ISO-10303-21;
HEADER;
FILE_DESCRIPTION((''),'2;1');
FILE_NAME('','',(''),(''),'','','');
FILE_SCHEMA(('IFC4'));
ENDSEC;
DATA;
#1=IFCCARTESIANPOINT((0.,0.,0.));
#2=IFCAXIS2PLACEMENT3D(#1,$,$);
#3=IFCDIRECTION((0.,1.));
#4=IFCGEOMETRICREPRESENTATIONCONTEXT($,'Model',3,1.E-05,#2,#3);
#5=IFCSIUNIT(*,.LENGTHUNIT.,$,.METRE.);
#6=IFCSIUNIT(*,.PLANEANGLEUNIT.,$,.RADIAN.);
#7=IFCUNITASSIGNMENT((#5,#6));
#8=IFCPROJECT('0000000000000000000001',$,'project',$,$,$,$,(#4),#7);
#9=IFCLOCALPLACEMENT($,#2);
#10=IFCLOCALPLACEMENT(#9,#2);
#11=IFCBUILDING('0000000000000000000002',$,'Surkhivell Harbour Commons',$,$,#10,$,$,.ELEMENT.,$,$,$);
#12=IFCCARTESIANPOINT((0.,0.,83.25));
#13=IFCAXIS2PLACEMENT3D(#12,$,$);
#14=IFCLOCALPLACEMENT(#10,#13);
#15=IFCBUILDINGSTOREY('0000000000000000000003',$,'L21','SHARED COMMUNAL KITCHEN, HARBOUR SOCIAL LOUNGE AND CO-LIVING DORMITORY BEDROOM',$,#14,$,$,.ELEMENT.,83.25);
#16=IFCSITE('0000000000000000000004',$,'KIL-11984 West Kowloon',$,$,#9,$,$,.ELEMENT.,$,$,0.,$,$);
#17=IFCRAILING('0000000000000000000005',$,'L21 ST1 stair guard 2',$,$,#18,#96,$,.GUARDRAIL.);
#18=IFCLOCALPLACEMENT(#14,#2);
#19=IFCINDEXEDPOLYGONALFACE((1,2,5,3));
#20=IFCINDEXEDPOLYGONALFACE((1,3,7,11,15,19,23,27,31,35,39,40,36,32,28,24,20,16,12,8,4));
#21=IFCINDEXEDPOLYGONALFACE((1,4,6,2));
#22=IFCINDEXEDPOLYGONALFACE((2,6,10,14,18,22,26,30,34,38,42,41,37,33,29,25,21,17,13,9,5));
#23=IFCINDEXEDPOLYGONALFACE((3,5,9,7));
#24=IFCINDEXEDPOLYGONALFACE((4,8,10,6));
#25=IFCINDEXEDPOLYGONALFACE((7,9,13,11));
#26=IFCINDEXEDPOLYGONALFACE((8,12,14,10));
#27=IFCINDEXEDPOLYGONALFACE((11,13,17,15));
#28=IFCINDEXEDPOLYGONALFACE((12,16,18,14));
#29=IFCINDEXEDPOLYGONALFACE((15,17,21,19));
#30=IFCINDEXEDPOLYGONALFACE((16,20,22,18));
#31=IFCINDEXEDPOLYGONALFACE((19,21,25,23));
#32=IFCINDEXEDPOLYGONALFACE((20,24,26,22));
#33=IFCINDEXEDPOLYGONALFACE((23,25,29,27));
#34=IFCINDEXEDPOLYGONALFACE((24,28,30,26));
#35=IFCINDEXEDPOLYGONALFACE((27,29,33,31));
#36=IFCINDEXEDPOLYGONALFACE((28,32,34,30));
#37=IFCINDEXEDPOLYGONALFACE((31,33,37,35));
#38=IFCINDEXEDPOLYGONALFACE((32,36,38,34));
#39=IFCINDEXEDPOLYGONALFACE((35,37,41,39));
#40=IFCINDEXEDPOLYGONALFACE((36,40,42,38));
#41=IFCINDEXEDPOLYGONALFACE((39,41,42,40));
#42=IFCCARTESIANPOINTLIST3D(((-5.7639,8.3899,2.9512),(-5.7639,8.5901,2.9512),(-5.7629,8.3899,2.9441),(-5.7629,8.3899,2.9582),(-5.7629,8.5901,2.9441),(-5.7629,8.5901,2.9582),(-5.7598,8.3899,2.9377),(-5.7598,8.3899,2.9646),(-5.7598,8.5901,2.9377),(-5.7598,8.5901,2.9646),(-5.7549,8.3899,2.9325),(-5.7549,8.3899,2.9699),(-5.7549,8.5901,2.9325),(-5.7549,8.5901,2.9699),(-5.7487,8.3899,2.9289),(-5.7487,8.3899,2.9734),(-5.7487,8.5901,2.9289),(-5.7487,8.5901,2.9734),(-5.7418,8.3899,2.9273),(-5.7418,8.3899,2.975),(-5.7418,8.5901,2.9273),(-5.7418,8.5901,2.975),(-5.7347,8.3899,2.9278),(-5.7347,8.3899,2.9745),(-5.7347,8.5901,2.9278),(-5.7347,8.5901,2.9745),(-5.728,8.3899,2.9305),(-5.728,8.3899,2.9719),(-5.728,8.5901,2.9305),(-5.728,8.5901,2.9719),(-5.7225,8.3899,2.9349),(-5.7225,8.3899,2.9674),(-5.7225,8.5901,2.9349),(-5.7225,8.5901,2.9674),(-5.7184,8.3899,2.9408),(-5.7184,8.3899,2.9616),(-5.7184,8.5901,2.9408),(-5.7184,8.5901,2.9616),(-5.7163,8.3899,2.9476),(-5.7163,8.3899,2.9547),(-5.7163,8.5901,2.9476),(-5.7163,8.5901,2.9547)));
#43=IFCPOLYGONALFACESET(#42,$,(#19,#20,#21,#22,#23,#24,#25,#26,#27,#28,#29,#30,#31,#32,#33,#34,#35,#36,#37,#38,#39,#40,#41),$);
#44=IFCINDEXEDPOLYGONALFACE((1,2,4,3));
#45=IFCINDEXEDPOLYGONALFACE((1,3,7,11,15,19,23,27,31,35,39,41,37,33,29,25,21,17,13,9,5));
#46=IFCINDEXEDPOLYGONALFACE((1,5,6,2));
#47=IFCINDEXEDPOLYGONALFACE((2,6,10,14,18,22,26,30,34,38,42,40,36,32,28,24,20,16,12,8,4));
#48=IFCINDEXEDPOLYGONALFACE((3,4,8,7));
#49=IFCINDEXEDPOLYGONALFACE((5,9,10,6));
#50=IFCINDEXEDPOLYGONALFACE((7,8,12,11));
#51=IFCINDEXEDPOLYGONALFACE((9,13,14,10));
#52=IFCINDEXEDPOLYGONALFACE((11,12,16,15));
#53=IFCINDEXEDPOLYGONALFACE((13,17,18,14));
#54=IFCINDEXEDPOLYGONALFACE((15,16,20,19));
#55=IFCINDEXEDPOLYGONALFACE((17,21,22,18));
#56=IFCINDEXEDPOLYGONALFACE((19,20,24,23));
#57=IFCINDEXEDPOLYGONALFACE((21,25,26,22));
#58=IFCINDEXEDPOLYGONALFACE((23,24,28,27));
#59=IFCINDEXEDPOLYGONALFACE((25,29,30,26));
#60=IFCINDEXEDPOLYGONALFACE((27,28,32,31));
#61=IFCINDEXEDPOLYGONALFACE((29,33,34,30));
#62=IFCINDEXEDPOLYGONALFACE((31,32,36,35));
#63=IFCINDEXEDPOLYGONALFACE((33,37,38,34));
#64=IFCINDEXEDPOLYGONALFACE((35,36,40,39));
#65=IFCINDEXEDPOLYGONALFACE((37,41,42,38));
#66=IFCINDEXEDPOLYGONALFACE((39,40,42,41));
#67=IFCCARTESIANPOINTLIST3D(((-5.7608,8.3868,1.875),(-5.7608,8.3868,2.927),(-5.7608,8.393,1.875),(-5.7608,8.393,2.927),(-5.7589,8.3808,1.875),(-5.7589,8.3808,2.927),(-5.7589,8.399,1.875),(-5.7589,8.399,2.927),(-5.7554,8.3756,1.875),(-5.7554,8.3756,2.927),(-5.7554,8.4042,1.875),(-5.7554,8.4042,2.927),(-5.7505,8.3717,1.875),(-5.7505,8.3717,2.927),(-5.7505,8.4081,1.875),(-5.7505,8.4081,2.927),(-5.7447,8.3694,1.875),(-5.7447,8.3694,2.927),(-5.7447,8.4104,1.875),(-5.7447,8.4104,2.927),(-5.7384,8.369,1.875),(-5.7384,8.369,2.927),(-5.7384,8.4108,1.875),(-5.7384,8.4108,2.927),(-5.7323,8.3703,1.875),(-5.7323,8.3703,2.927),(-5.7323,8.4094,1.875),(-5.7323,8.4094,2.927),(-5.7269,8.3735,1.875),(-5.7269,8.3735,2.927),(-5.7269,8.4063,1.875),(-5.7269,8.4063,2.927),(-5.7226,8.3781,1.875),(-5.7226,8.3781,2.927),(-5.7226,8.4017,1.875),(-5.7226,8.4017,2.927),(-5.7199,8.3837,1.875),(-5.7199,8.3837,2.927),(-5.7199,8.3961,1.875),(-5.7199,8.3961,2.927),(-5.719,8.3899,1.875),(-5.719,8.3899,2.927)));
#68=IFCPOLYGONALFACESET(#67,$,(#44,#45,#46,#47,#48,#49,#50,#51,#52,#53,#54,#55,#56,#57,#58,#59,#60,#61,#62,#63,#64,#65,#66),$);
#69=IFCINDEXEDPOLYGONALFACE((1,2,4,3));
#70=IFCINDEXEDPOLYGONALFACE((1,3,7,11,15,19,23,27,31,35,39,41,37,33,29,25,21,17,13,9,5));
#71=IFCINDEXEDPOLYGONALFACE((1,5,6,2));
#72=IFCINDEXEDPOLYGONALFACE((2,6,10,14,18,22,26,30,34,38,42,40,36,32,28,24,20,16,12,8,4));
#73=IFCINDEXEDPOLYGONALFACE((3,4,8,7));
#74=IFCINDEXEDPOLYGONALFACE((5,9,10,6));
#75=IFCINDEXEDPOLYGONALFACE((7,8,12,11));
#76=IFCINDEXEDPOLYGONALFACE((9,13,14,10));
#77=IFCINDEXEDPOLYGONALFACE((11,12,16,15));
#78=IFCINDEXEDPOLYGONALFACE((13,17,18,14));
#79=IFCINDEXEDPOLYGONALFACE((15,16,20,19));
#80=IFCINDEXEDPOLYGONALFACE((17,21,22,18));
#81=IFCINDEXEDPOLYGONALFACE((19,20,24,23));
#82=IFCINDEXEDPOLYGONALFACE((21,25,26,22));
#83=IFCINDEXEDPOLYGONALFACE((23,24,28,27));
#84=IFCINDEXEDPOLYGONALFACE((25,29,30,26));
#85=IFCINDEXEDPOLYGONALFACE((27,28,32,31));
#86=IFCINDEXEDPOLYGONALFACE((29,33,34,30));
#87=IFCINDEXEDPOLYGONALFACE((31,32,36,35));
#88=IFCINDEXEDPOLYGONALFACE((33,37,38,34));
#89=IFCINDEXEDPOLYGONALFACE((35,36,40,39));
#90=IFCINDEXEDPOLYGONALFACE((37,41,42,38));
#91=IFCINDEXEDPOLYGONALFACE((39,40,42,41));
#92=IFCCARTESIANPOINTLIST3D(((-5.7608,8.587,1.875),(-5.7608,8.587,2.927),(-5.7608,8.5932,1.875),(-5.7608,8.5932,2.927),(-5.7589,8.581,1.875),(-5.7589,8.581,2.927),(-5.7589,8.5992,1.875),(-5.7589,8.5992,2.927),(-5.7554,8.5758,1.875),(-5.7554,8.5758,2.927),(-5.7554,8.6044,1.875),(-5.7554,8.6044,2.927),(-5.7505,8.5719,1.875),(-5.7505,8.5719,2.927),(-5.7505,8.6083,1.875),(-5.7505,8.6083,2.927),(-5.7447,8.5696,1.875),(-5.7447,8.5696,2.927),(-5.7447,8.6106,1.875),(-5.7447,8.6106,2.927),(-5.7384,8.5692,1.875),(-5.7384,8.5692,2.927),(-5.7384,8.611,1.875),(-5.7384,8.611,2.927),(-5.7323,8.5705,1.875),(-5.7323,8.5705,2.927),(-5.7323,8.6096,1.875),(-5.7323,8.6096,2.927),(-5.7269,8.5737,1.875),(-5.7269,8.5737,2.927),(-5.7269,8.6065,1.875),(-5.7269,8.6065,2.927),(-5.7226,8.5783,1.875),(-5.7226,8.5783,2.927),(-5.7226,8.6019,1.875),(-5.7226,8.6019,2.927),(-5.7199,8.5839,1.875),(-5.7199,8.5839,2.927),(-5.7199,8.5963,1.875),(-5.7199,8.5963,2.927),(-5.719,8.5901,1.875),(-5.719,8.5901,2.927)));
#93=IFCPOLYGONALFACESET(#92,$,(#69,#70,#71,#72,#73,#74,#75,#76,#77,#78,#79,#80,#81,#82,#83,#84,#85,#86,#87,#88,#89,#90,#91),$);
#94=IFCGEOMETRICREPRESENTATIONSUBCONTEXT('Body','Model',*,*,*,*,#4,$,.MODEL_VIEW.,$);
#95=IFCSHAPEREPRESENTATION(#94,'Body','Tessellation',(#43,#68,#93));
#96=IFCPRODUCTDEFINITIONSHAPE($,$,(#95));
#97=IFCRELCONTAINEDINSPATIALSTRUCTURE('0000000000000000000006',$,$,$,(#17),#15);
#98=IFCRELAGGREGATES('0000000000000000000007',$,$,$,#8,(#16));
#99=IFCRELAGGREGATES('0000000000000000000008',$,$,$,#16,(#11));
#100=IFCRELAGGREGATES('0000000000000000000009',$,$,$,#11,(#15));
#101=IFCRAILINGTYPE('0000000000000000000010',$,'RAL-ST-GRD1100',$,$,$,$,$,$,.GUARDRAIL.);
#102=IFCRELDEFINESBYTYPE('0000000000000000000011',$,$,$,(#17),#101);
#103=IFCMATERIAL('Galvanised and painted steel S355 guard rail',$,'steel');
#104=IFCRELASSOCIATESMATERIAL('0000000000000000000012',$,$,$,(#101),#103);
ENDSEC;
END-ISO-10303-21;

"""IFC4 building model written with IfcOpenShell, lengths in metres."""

from ifc_helpers import new_model, si_unit, direction, frame, origin, origin_2d, place, context, subcontext, project, spatial, circle, extrude, material, type_object, element, save


model = new_model("IFC4")

# Units and contexts
model_context = context("Model", 3, precision=1e-05, world=origin(), true_north=direction((0.0, 1.0)))
body_context = subcontext(model_context, "Body", "Model", "MODEL_VIEW")
ifc_project = project(units=[si_unit("LENGTHUNIT", "METRE"), si_unit("PLANEANGLEUNIT", "RADIAN")], contexts=[model_context])

# Site, building, storey
site_placement = place(None, origin())
site = spatial("IfcSite", under=ifc_project, at=site_placement, Name="KIL-11984 West Kowloon", CompositionType="ELEMENT", RefElevation=0.0)
building_placement = place(site_placement, origin())
building = spatial("IfcBuilding", under=site, at=building_placement, Name="Surkhivell Harbour Commons", CompositionType="ELEMENT")
storey_placement = place(building_placement, frame((0.0, 0.0, 83.25)))
storey = spatial("IfcBuildingStorey", under=building, at=storey_placement, Name="L21", Description="SHARED COMMUNAL KITCHEN, HARBOUR SOCIAL LOUNGE AND CO-LIVING DORMITORY BEDROOM", CompositionType="ELEMENT", Elevation=83.25)

# Railing
ifc_material_1 = material(Name="Galvanised and painted steel S355 guard rail", Category="steel")
railing_type_1 = type_object("IfcRailingType", Name="RAL-ST-GRD1100", PredefinedType="GUARDRAIL", material=ifc_material_1)
railing_1_placement = place(storey_placement, frame((-5.74, 8.3899, 1.875)))
element("IfcRailing", 1, at=railing_1_placement, inside=storey, type_object=railing_type_1, Name="L21 ST1 stair guard 2", PredefinedType="GUARDRAIL", context=body_context, shape_type="SweptSolid", body=[
    extrude(circle(Radius=0.0239, at=origin_2d()), frame((0.0, 0.0, 1.0762), z_axis=(0.0, 1.0, 0.0), x_axis=(-1.0, 0.0, 0.0)), (0.0, 0.0, 1.0), 0.2002),
    extrude(circle(Radius=0.021, at=origin_2d()), origin(), (0.0, 0.0, 1.0), 1.052),
    extrude(circle(Radius=0.021, at=origin_2d()), frame((0.0, 0.2002, 0.0)), (0.0, 0.0, 1.0), 1.052),
])

save(model, "model.ifc")
